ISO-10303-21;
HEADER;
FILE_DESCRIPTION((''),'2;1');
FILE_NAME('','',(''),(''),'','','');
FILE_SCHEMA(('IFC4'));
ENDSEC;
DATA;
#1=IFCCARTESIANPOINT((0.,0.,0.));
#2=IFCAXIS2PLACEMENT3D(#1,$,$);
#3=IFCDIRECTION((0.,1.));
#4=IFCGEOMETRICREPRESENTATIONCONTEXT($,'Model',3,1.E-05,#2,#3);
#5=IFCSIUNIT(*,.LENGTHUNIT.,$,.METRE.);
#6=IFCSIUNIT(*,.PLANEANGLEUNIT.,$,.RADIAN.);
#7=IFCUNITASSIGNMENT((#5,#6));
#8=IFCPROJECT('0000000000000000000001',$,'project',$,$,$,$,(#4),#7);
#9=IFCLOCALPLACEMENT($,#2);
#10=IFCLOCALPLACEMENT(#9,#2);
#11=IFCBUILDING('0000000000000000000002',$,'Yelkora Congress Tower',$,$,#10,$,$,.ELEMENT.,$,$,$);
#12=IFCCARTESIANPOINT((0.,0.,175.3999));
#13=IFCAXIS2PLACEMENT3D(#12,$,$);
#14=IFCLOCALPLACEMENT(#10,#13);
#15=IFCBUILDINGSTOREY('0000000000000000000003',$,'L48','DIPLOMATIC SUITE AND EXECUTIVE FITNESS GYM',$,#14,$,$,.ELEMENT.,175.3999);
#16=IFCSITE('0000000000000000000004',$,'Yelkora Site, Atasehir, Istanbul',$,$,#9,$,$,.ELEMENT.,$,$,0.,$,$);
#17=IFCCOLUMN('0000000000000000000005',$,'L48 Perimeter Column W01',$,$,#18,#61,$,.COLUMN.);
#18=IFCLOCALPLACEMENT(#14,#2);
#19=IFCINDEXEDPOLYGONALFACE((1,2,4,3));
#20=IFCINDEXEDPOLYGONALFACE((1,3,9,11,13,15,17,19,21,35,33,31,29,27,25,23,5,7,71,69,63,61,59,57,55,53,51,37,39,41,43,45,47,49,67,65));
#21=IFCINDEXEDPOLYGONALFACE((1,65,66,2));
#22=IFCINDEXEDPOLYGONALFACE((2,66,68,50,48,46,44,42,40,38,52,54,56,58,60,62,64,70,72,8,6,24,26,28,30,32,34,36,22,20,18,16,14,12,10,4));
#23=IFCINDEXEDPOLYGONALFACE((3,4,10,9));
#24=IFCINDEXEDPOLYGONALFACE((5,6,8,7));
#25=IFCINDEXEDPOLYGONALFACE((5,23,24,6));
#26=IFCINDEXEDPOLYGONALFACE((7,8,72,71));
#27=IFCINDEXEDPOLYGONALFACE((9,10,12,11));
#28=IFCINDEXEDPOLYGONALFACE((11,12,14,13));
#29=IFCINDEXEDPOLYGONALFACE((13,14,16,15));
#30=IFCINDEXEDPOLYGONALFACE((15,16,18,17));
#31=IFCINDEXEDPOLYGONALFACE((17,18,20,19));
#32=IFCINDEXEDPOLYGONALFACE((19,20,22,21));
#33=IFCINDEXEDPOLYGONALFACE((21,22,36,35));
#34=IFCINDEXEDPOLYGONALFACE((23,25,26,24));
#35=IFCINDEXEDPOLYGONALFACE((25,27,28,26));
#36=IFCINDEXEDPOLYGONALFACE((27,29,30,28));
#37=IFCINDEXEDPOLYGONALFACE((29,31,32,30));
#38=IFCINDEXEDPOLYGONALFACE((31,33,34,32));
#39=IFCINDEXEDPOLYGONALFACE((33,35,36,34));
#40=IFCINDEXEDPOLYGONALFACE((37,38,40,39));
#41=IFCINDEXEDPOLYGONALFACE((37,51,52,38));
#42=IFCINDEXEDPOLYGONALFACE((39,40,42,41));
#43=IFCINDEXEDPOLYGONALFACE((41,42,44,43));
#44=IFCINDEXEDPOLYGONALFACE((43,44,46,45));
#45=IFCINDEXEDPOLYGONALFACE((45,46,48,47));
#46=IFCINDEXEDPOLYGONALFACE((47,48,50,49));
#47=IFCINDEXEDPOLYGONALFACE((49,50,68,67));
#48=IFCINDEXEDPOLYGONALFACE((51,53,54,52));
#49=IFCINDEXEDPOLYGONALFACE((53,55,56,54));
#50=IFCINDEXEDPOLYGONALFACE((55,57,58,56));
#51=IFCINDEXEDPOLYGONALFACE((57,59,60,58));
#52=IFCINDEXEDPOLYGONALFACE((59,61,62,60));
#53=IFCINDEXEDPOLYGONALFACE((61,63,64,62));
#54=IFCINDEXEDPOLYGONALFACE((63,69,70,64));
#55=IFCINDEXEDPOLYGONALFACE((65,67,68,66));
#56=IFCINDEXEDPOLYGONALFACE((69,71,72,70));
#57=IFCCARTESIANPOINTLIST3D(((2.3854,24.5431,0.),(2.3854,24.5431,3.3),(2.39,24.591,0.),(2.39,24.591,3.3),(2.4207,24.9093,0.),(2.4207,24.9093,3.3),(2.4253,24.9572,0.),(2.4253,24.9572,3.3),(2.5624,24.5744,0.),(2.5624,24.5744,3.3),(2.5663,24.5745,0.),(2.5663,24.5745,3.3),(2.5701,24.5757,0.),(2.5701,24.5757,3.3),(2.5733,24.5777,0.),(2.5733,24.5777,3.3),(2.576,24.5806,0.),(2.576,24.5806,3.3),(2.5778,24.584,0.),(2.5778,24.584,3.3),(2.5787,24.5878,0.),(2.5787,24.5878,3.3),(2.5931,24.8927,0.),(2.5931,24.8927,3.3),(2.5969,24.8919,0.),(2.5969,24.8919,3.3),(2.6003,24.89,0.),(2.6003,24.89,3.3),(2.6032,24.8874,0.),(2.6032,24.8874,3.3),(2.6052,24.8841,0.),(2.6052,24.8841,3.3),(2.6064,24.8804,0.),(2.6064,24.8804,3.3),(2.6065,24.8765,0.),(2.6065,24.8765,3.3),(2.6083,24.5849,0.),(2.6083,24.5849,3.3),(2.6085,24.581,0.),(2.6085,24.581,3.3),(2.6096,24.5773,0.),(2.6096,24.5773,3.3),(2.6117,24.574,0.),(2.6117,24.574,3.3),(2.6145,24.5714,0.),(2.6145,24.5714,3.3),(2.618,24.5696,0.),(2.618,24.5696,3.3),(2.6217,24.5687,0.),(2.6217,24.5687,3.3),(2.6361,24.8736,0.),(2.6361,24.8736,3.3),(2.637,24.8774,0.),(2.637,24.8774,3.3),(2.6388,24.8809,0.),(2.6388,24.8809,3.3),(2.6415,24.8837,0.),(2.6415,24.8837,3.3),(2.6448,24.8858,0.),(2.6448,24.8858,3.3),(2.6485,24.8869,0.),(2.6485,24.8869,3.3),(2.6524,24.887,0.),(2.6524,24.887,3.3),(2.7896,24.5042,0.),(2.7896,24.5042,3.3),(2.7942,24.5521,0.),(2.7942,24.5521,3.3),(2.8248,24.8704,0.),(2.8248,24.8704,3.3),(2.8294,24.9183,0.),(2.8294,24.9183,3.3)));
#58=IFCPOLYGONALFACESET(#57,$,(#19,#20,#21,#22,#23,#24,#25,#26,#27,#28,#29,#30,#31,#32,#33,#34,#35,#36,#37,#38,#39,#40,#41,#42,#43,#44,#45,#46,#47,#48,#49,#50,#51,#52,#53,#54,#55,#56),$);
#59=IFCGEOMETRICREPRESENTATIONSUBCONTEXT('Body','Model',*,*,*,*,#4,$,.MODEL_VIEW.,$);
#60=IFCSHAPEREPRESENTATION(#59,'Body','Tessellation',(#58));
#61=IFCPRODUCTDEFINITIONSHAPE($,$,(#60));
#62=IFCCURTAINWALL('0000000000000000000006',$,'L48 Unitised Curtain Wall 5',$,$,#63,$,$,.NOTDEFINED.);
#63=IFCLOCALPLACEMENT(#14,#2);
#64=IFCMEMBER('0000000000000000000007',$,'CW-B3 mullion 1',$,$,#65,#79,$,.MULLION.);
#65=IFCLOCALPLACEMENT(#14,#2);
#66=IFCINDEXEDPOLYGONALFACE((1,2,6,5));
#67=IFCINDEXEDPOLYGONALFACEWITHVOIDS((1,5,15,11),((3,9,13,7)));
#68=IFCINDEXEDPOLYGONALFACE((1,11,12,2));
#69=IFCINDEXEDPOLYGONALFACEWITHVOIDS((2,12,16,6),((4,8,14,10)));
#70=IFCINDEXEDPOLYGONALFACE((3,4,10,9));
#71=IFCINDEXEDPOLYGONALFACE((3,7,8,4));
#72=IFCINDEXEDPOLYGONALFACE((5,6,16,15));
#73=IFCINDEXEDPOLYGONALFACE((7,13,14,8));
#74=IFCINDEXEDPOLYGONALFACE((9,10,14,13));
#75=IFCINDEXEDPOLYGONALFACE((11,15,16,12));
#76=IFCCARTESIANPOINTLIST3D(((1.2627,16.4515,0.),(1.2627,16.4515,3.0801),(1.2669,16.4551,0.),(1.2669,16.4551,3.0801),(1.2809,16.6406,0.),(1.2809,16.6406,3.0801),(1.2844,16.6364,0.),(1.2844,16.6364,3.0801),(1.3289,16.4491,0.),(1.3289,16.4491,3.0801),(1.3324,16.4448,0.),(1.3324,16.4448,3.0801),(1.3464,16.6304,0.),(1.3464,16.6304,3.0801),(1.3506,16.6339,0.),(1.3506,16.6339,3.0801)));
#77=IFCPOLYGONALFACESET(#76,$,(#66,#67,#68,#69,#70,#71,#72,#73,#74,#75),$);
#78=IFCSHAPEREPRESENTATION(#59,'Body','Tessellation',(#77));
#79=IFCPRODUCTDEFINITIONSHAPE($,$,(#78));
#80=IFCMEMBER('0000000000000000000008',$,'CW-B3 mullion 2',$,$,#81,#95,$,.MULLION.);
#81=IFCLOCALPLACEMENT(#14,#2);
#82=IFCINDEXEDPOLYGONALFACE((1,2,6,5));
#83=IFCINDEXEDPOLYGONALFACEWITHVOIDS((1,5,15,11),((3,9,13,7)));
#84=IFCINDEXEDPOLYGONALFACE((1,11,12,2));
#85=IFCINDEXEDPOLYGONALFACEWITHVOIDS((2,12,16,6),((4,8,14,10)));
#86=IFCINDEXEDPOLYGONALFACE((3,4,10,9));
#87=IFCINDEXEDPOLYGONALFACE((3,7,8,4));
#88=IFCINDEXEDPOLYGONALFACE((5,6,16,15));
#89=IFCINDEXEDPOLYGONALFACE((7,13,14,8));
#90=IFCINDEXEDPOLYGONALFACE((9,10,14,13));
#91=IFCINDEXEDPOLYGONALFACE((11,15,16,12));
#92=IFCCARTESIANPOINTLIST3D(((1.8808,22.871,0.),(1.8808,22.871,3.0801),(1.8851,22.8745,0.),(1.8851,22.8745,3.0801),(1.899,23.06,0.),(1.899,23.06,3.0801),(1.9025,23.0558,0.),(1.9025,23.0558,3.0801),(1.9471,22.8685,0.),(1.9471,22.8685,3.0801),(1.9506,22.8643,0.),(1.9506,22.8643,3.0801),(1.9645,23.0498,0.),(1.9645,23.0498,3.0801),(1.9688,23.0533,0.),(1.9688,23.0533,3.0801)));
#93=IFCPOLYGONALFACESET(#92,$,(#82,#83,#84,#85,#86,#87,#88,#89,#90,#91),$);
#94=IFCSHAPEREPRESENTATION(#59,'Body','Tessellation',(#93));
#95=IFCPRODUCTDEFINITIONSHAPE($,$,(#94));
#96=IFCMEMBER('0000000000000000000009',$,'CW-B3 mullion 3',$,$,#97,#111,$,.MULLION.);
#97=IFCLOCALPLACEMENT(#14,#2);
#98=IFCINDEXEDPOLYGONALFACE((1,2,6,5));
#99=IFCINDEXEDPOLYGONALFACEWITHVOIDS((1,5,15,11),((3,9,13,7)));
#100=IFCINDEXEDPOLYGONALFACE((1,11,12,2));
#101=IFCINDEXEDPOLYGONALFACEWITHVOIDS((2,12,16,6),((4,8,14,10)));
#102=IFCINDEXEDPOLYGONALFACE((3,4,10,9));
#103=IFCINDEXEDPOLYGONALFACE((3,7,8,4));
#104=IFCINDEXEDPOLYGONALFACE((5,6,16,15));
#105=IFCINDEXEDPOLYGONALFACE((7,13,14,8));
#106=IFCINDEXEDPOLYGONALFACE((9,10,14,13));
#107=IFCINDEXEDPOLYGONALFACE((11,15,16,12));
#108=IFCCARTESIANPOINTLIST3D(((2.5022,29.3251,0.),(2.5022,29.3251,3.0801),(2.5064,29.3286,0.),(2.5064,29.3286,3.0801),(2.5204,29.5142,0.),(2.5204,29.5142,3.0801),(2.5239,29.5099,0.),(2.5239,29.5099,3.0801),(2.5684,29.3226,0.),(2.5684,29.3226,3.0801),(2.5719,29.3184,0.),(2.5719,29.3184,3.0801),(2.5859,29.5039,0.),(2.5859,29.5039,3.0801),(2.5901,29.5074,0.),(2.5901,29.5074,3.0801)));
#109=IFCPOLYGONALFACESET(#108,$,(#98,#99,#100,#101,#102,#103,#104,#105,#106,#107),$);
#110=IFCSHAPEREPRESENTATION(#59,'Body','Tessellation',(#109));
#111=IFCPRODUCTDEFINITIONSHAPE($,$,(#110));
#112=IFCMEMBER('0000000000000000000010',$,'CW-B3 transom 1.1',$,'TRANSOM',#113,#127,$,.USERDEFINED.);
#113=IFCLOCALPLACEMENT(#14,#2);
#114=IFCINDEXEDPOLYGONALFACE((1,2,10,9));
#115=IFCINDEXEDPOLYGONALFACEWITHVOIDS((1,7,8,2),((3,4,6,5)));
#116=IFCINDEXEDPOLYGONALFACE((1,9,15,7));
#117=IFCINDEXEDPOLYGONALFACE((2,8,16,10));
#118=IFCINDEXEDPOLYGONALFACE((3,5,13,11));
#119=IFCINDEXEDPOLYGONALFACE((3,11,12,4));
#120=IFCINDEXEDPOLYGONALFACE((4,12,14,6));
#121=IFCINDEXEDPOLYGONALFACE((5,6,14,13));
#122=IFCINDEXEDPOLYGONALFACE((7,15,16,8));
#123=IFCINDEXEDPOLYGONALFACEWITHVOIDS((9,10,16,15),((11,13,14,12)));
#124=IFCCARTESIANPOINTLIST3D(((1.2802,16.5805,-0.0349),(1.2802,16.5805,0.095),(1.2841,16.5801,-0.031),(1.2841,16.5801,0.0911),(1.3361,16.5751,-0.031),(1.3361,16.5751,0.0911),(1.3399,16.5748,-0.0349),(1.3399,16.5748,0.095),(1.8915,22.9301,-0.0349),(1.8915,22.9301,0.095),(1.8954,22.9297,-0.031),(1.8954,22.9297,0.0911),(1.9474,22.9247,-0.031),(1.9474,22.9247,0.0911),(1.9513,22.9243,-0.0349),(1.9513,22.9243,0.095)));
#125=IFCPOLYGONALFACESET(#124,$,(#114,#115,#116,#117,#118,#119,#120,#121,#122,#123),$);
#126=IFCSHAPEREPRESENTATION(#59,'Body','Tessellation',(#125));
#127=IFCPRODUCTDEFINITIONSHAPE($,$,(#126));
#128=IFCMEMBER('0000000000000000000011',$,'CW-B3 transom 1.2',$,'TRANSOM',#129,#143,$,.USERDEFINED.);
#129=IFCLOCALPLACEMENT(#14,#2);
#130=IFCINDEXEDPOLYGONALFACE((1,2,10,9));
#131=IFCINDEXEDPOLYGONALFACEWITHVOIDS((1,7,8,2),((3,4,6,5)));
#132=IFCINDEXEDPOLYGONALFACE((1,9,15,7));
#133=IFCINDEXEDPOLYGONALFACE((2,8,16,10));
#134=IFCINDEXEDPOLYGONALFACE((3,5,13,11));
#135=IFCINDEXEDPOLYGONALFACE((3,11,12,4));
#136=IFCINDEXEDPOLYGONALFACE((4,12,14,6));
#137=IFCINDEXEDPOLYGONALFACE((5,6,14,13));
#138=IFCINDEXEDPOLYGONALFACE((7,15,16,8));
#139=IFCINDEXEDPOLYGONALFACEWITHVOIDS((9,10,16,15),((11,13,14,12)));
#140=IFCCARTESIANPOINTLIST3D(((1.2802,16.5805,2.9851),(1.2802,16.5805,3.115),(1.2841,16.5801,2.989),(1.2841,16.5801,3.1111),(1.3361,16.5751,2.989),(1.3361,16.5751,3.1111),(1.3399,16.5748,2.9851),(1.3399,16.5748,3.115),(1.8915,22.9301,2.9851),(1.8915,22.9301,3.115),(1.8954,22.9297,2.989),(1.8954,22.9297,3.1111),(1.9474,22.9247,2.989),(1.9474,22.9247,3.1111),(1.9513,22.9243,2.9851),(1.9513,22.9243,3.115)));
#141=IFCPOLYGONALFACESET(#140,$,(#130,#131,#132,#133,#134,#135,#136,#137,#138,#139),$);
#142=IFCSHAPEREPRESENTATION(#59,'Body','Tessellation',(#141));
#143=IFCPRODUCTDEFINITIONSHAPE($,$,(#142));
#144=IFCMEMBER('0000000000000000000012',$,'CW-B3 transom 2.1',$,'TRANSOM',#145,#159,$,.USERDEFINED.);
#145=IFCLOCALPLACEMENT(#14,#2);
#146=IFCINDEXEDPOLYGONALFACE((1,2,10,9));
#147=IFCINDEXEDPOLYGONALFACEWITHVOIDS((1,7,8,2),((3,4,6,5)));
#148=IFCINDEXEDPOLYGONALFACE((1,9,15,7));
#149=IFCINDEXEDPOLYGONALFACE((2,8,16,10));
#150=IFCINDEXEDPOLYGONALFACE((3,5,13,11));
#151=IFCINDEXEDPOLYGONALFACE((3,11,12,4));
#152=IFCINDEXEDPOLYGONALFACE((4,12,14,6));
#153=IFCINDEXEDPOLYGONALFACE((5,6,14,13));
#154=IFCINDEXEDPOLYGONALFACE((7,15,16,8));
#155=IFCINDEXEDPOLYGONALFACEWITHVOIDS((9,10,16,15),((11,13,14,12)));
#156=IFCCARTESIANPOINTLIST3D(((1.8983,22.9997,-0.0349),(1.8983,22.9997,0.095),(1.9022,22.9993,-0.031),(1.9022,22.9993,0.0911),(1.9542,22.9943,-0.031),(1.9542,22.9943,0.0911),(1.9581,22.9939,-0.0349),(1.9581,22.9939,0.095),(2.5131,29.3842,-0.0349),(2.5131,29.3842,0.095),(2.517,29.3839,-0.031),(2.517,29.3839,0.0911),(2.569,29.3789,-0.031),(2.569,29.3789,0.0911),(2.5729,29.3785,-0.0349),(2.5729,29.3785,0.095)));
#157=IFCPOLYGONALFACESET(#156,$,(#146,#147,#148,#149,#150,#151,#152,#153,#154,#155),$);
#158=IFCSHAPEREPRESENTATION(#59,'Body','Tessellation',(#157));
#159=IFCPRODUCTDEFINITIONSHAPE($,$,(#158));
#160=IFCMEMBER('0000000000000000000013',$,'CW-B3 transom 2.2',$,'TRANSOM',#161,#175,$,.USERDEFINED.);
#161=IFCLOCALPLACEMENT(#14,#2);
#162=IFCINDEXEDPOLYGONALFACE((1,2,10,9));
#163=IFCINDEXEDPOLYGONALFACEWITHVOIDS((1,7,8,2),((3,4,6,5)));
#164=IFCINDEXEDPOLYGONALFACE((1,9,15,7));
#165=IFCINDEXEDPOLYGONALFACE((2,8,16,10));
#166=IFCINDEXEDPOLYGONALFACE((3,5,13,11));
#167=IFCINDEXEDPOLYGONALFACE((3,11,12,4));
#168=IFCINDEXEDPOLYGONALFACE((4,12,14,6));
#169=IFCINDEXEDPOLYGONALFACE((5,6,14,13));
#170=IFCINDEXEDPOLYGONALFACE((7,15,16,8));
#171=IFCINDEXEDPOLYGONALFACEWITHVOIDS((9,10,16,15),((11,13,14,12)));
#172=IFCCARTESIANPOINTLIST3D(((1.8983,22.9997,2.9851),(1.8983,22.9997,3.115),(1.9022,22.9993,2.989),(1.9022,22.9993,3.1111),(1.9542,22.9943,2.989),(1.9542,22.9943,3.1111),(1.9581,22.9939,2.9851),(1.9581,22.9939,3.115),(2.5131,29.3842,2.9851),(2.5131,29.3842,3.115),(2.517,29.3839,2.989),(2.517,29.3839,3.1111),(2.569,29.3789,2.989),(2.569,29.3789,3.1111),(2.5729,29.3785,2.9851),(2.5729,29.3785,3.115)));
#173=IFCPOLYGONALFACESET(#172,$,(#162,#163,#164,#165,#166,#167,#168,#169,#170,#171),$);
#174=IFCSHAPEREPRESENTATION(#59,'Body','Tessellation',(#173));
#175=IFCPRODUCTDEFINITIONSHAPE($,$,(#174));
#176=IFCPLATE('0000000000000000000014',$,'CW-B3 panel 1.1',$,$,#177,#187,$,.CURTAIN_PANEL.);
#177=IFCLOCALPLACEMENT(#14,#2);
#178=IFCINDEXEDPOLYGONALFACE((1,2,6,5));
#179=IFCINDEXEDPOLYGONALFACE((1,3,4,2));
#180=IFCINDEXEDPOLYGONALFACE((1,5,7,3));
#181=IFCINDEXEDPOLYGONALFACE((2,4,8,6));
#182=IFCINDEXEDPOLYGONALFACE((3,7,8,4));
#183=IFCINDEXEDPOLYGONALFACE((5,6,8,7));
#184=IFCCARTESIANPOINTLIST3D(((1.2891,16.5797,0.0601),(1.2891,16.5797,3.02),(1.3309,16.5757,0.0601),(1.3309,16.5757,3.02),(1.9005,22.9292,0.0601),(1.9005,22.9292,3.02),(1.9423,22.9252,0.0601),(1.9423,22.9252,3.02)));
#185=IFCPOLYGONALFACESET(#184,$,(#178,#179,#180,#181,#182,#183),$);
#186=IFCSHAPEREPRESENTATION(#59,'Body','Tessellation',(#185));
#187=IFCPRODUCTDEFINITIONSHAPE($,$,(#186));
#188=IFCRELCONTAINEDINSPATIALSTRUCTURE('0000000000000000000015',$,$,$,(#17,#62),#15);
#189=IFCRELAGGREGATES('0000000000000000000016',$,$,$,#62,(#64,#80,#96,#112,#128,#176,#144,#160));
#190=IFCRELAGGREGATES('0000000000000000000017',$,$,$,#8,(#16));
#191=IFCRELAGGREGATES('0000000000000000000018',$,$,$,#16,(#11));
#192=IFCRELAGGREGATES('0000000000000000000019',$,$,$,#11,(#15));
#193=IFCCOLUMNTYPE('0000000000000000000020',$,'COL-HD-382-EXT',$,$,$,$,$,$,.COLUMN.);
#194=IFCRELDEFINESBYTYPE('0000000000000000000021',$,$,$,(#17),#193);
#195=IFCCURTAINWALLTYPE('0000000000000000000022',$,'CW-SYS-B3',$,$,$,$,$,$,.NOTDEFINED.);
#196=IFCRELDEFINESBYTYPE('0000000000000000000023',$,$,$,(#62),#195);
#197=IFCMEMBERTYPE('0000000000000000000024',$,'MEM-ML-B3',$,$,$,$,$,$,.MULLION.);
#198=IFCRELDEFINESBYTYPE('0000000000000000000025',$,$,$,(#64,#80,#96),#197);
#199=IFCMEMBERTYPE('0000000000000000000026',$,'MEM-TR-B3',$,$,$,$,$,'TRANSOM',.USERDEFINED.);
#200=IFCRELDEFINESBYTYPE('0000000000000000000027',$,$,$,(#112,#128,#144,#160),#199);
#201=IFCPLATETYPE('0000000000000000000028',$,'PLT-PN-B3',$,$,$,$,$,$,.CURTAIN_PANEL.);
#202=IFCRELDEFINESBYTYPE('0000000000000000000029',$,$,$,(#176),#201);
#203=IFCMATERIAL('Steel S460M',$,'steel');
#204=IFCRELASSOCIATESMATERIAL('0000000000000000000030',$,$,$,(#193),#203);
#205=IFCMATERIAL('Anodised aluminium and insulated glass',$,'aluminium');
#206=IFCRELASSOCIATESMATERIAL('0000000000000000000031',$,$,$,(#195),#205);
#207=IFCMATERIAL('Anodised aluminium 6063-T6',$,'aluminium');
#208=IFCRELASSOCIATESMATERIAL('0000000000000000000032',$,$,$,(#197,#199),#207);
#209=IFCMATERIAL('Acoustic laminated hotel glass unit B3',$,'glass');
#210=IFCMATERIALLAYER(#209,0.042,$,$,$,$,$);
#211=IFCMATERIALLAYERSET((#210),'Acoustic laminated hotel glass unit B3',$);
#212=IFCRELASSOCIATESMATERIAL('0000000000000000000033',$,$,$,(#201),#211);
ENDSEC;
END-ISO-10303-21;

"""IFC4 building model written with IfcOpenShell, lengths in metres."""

from ifc_helpers import new_model, si_unit, direction, frame, origin, origin_2d, place, context, subcontext, project, spatial, rectangle, hollow_rectangle, i_section, extrude, material, layer, layer_set, material_profile, profile_set, type_object, element, aggregate, save


model = new_model("IFC4")

# Units and contexts
model_context = context("Model", 3, precision=1e-05, world=origin(), true_north=direction((0.0, 1.0)))
body_context = subcontext(model_context, "Body", "Model", "MODEL_VIEW")
ifc_project = project(units=[si_unit("LENGTHUNIT", "METRE"), si_unit("PLANEANGLEUNIT", "RADIAN")], contexts=[model_context])

# Site, building, storey
site_placement = place(None, origin())
site = spatial("IfcSite", under=ifc_project, at=site_placement, Name="Yelkora Site, Atasehir, Istanbul", CompositionType="ELEMENT", RefElevation=0.0)
building_placement = place(site_placement, origin())
building = spatial("IfcBuilding", under=site, at=building_placement, Name="Yelkora Congress Tower", CompositionType="ELEMENT")
storey_placement = place(building_placement, frame((0.0, 0.0, 175.3999)))
storey = spatial("IfcBuildingStorey", under=building, at=storey_placement, Name="L48", Description="DIPLOMATIC SUITE AND EXECUTIVE FITNESS GYM", CompositionType="ELEMENT", Elevation=175.3999)

# Column
ifc_material_1 = material(Name="Steel S460M", Category="steel")
ifc_material_profile_1 = material_profile(ifc_material_1, i_section(OverallWidth=0.406, OverallDepth=0.416, WebThickness=0.0298, FlangeThickness=0.0481, FilletRadius=0.0149, at=origin_2d()), Name="HD 400x382")
ifc_profile_set_1 = profile_set([ifc_material_profile_1], Name="Steel S460M")
column_type = type_object("IfcColumnType", Name="COL-HD-382-EXT", PredefinedType="COLUMN", material=ifc_profile_set_1)
column_placement = place(storey_placement, frame((2.6074, 24.7307, 0.0), z_axis=(0.0, 0.0, 1.0), x_axis=(0.995396, -0.095846, 0.0)))
element("IfcColumn", 1, at=column_placement, inside=storey, type_object=column_type, Name="L48 Perimeter Column W01", PredefinedType="COLUMN", context=body_context, shape_type="SweptSolid", body=[
    extrude(i_section(OverallWidth=0.406, OverallDepth=0.416, WebThickness=0.0298, FlangeThickness=0.0481, FilletRadius=0.0149, at=origin_2d()), origin(), (0.0, 0.0, 1.0), 3.3),
])

# Curtain wall, members, plate
ifc_material_2 = material(Name="Anodised aluminium and insulated glass", Category="aluminium")
curtain_wall_type = type_object("IfcCurtainWallType", Name="CW-SYS-B3", PredefinedType="NOTDEFINED", material=ifc_material_2)
curtain_wall_placement = place(storey_placement, origin())
curtain_wall = element("IfcCurtainWall", 2, at=curtain_wall_placement, inside=storey, type_object=curtain_wall_type, Name="L48 Unitised Curtain Wall 5", PredefinedType="NOTDEFINED")
ifc_material_3 = material(Name="Anodised aluminium 6063-T6", Category="aluminium")
ifc_material_profile_2 = material_profile(ifc_material_3, hollow_rectangle(XDim=0.0701, YDim=0.1899, WallThickness=0.0039, at=origin_2d()), Name="ALU 70x190x4")
ifc_profile_set_2 = profile_set([ifc_material_profile_2], Name="Anodised aluminium 6063-T6")
member_type_1 = type_object("IfcMemberType", Name="MEM-ML-B3", PredefinedType="MULLION", material=ifc_profile_set_2)
member_1_placement = place(storey_placement, frame((1.3066, 16.5427, 0.0), z_axis=(0.0, 0.0, 1.0), x_axis=(-0.995396, 0.095845, 0.0)))
member_1 = element("IfcMember", 3, at=member_1_placement, type_object=member_type_1, Name="CW-B3 mullion 1", PredefinedType="MULLION", context=body_context, shape_type="SweptSolid", body=[
    extrude(hollow_rectangle(XDim=0.0701, YDim=0.1899, WallThickness=0.0039, at=origin_2d()), origin(), (0.0, 0.0, 1.0), 3.0801),
])
member_2_placement = place(storey_placement, frame((1.9248, 22.9622, 0.0), z_axis=(0.0, 0.0, 1.0), x_axis=(-0.995396, 0.095845, 0.0)))
member_2 = element("IfcMember", 4, at=member_2_placement, type_object=member_type_1, Name="CW-B3 mullion 2", PredefinedType="MULLION", context=body_context, shape_type="SweptSolid", body=[
    extrude(hollow_rectangle(XDim=0.0701, YDim=0.1899, WallThickness=0.0039, at=origin_2d()), origin(), (0.0, 0.0, 1.0), 3.0801),
])
member_3_placement = place(storey_placement, frame((2.5461, 29.4163, 0.0), z_axis=(0.0, 0.0, 1.0), x_axis=(-0.995396, 0.095845, 0.0)))
member_3 = element("IfcMember", 5, at=member_3_placement, type_object=member_type_1, Name="CW-B3 mullion 3", PredefinedType="MULLION", context=body_context, shape_type="SweptSolid", body=[
    extrude(hollow_rectangle(XDim=0.0701, YDim=0.1899, WallThickness=0.0039, at=origin_2d()), origin(), (0.0, 0.0, 1.0), 3.0801),
])
ifc_material_profile_3 = material_profile(ifc_material_3, hollow_rectangle(XDim=0.0601, YDim=0.1299, WallThickness=0.0039, at=origin_2d()), Name="ALU 60x130x4")
ifc_profile_set_3 = profile_set([ifc_material_profile_3], Name="Anodised aluminium 6063-T6")
member_type_2 = type_object("IfcMemberType", Name="MEM-TR-B3", ElementType="TRANSOM", PredefinedType="USERDEFINED", material=ifc_profile_set_3)
member_4_placement = place(storey_placement, frame((1.3101, 16.5776, 0.03), z_axis=(0.095835, 0.995397, 0.0), x_axis=(-0.995397, 0.095835, 0.0)))
member_4 = element("IfcMember", 6, at=member_4_placement, type_object=member_type_2, Name="CW-B3 transom 1.1", ObjectType="TRANSOM", PredefinedType="USERDEFINED", context=body_context, shape_type="SweptSolid", body=[
    extrude(hollow_rectangle(XDim=0.0601, YDim=0.1299, WallThickness=0.0039, at=origin_2d()), origin(), (0.0, 0.0, 1.0), 6.3789),
])
member_5_placement = place(storey_placement, frame((1.3101, 16.5776, 3.05), z_axis=(0.095835, 0.995397, 0.0), x_axis=(-0.995397, 0.095835, 0.0)))
member_5 = element("IfcMember", 7, at=member_5_placement, type_object=member_type_2, Name="CW-B3 transom 1.2", ObjectType="TRANSOM", PredefinedType="USERDEFINED", context=body_context, shape_type="SweptSolid", body=[
    extrude(hollow_rectangle(XDim=0.0601, YDim=0.1299, WallThickness=0.0039, at=origin_2d()), origin(), (0.0, 0.0, 1.0), 6.3789),
])
member_6_placement = place(storey_placement, frame((1.9282, 22.9968, 0.03), z_axis=(0.095844, 0.995396, 0.0), x_axis=(-0.995396, 0.095844, 0.0)))
member_6 = element("IfcMember", 8, at=member_6_placement, type_object=member_type_2, Name="CW-B3 transom 2.1", ObjectType="TRANSOM", PredefinedType="USERDEFINED", context=body_context, shape_type="SweptSolid", body=[
    extrude(hollow_rectangle(XDim=0.0601, YDim=0.1299, WallThickness=0.0039, at=origin_2d()), origin(), (0.0, 0.0, 1.0), 6.4141),
])
member_7_placement = place(storey_placement, frame((1.9282, 22.9968, 3.05), z_axis=(0.095844, 0.995396, 0.0), x_axis=(-0.995396, 0.095844, 0.0)))
member_7 = element("IfcMember", 9, at=member_7_placement, type_object=member_type_2, Name="CW-B3 transom 2.2", ObjectType="TRANSOM", PredefinedType="USERDEFINED", context=body_context, shape_type="SweptSolid", body=[
    extrude(hollow_rectangle(XDim=0.0601, YDim=0.1299, WallThickness=0.0039, at=origin_2d()), origin(), (0.0, 0.0, 1.0), 6.4141),
])
ifc_material_4 = material(Name="Acoustic laminated hotel glass unit B3", Category="glass")
ifc_layer_1 = layer(ifc_material_4, 0.042)
ifc_layer_set_1 = layer_set([ifc_layer_1], Name="Acoustic laminated hotel glass unit B3")
plate_type = type_object("IfcPlateType", Name="PLT-PN-B3", PredefinedType="CURTAIN_PANEL", material=ifc_layer_set_1)
plate_1_placement = place(storey_placement, frame((1.6157, 19.7524, 0.0601), z_axis=(0.0, 0.0, 1.0), x_axis=(0.095845, 0.995396, 0.0)))
plate_1 = element("IfcPlate", 10, at=plate_1_placement, type_object=plate_type, Name="CW-B3 panel 1.1", PredefinedType="CURTAIN_PANEL", context=body_context, shape_type="SweptSolid", body=[
    extrude(rectangle(XDim=6.3789, YDim=0.042, at=origin_2d()), origin(), (0.0, 0.0, 1.0), 2.96),
])
aggregate(curtain_wall, [member_1, member_2, member_3, member_4, member_5, plate_1, member_6, member_7])

save(model, "model.ifc")
